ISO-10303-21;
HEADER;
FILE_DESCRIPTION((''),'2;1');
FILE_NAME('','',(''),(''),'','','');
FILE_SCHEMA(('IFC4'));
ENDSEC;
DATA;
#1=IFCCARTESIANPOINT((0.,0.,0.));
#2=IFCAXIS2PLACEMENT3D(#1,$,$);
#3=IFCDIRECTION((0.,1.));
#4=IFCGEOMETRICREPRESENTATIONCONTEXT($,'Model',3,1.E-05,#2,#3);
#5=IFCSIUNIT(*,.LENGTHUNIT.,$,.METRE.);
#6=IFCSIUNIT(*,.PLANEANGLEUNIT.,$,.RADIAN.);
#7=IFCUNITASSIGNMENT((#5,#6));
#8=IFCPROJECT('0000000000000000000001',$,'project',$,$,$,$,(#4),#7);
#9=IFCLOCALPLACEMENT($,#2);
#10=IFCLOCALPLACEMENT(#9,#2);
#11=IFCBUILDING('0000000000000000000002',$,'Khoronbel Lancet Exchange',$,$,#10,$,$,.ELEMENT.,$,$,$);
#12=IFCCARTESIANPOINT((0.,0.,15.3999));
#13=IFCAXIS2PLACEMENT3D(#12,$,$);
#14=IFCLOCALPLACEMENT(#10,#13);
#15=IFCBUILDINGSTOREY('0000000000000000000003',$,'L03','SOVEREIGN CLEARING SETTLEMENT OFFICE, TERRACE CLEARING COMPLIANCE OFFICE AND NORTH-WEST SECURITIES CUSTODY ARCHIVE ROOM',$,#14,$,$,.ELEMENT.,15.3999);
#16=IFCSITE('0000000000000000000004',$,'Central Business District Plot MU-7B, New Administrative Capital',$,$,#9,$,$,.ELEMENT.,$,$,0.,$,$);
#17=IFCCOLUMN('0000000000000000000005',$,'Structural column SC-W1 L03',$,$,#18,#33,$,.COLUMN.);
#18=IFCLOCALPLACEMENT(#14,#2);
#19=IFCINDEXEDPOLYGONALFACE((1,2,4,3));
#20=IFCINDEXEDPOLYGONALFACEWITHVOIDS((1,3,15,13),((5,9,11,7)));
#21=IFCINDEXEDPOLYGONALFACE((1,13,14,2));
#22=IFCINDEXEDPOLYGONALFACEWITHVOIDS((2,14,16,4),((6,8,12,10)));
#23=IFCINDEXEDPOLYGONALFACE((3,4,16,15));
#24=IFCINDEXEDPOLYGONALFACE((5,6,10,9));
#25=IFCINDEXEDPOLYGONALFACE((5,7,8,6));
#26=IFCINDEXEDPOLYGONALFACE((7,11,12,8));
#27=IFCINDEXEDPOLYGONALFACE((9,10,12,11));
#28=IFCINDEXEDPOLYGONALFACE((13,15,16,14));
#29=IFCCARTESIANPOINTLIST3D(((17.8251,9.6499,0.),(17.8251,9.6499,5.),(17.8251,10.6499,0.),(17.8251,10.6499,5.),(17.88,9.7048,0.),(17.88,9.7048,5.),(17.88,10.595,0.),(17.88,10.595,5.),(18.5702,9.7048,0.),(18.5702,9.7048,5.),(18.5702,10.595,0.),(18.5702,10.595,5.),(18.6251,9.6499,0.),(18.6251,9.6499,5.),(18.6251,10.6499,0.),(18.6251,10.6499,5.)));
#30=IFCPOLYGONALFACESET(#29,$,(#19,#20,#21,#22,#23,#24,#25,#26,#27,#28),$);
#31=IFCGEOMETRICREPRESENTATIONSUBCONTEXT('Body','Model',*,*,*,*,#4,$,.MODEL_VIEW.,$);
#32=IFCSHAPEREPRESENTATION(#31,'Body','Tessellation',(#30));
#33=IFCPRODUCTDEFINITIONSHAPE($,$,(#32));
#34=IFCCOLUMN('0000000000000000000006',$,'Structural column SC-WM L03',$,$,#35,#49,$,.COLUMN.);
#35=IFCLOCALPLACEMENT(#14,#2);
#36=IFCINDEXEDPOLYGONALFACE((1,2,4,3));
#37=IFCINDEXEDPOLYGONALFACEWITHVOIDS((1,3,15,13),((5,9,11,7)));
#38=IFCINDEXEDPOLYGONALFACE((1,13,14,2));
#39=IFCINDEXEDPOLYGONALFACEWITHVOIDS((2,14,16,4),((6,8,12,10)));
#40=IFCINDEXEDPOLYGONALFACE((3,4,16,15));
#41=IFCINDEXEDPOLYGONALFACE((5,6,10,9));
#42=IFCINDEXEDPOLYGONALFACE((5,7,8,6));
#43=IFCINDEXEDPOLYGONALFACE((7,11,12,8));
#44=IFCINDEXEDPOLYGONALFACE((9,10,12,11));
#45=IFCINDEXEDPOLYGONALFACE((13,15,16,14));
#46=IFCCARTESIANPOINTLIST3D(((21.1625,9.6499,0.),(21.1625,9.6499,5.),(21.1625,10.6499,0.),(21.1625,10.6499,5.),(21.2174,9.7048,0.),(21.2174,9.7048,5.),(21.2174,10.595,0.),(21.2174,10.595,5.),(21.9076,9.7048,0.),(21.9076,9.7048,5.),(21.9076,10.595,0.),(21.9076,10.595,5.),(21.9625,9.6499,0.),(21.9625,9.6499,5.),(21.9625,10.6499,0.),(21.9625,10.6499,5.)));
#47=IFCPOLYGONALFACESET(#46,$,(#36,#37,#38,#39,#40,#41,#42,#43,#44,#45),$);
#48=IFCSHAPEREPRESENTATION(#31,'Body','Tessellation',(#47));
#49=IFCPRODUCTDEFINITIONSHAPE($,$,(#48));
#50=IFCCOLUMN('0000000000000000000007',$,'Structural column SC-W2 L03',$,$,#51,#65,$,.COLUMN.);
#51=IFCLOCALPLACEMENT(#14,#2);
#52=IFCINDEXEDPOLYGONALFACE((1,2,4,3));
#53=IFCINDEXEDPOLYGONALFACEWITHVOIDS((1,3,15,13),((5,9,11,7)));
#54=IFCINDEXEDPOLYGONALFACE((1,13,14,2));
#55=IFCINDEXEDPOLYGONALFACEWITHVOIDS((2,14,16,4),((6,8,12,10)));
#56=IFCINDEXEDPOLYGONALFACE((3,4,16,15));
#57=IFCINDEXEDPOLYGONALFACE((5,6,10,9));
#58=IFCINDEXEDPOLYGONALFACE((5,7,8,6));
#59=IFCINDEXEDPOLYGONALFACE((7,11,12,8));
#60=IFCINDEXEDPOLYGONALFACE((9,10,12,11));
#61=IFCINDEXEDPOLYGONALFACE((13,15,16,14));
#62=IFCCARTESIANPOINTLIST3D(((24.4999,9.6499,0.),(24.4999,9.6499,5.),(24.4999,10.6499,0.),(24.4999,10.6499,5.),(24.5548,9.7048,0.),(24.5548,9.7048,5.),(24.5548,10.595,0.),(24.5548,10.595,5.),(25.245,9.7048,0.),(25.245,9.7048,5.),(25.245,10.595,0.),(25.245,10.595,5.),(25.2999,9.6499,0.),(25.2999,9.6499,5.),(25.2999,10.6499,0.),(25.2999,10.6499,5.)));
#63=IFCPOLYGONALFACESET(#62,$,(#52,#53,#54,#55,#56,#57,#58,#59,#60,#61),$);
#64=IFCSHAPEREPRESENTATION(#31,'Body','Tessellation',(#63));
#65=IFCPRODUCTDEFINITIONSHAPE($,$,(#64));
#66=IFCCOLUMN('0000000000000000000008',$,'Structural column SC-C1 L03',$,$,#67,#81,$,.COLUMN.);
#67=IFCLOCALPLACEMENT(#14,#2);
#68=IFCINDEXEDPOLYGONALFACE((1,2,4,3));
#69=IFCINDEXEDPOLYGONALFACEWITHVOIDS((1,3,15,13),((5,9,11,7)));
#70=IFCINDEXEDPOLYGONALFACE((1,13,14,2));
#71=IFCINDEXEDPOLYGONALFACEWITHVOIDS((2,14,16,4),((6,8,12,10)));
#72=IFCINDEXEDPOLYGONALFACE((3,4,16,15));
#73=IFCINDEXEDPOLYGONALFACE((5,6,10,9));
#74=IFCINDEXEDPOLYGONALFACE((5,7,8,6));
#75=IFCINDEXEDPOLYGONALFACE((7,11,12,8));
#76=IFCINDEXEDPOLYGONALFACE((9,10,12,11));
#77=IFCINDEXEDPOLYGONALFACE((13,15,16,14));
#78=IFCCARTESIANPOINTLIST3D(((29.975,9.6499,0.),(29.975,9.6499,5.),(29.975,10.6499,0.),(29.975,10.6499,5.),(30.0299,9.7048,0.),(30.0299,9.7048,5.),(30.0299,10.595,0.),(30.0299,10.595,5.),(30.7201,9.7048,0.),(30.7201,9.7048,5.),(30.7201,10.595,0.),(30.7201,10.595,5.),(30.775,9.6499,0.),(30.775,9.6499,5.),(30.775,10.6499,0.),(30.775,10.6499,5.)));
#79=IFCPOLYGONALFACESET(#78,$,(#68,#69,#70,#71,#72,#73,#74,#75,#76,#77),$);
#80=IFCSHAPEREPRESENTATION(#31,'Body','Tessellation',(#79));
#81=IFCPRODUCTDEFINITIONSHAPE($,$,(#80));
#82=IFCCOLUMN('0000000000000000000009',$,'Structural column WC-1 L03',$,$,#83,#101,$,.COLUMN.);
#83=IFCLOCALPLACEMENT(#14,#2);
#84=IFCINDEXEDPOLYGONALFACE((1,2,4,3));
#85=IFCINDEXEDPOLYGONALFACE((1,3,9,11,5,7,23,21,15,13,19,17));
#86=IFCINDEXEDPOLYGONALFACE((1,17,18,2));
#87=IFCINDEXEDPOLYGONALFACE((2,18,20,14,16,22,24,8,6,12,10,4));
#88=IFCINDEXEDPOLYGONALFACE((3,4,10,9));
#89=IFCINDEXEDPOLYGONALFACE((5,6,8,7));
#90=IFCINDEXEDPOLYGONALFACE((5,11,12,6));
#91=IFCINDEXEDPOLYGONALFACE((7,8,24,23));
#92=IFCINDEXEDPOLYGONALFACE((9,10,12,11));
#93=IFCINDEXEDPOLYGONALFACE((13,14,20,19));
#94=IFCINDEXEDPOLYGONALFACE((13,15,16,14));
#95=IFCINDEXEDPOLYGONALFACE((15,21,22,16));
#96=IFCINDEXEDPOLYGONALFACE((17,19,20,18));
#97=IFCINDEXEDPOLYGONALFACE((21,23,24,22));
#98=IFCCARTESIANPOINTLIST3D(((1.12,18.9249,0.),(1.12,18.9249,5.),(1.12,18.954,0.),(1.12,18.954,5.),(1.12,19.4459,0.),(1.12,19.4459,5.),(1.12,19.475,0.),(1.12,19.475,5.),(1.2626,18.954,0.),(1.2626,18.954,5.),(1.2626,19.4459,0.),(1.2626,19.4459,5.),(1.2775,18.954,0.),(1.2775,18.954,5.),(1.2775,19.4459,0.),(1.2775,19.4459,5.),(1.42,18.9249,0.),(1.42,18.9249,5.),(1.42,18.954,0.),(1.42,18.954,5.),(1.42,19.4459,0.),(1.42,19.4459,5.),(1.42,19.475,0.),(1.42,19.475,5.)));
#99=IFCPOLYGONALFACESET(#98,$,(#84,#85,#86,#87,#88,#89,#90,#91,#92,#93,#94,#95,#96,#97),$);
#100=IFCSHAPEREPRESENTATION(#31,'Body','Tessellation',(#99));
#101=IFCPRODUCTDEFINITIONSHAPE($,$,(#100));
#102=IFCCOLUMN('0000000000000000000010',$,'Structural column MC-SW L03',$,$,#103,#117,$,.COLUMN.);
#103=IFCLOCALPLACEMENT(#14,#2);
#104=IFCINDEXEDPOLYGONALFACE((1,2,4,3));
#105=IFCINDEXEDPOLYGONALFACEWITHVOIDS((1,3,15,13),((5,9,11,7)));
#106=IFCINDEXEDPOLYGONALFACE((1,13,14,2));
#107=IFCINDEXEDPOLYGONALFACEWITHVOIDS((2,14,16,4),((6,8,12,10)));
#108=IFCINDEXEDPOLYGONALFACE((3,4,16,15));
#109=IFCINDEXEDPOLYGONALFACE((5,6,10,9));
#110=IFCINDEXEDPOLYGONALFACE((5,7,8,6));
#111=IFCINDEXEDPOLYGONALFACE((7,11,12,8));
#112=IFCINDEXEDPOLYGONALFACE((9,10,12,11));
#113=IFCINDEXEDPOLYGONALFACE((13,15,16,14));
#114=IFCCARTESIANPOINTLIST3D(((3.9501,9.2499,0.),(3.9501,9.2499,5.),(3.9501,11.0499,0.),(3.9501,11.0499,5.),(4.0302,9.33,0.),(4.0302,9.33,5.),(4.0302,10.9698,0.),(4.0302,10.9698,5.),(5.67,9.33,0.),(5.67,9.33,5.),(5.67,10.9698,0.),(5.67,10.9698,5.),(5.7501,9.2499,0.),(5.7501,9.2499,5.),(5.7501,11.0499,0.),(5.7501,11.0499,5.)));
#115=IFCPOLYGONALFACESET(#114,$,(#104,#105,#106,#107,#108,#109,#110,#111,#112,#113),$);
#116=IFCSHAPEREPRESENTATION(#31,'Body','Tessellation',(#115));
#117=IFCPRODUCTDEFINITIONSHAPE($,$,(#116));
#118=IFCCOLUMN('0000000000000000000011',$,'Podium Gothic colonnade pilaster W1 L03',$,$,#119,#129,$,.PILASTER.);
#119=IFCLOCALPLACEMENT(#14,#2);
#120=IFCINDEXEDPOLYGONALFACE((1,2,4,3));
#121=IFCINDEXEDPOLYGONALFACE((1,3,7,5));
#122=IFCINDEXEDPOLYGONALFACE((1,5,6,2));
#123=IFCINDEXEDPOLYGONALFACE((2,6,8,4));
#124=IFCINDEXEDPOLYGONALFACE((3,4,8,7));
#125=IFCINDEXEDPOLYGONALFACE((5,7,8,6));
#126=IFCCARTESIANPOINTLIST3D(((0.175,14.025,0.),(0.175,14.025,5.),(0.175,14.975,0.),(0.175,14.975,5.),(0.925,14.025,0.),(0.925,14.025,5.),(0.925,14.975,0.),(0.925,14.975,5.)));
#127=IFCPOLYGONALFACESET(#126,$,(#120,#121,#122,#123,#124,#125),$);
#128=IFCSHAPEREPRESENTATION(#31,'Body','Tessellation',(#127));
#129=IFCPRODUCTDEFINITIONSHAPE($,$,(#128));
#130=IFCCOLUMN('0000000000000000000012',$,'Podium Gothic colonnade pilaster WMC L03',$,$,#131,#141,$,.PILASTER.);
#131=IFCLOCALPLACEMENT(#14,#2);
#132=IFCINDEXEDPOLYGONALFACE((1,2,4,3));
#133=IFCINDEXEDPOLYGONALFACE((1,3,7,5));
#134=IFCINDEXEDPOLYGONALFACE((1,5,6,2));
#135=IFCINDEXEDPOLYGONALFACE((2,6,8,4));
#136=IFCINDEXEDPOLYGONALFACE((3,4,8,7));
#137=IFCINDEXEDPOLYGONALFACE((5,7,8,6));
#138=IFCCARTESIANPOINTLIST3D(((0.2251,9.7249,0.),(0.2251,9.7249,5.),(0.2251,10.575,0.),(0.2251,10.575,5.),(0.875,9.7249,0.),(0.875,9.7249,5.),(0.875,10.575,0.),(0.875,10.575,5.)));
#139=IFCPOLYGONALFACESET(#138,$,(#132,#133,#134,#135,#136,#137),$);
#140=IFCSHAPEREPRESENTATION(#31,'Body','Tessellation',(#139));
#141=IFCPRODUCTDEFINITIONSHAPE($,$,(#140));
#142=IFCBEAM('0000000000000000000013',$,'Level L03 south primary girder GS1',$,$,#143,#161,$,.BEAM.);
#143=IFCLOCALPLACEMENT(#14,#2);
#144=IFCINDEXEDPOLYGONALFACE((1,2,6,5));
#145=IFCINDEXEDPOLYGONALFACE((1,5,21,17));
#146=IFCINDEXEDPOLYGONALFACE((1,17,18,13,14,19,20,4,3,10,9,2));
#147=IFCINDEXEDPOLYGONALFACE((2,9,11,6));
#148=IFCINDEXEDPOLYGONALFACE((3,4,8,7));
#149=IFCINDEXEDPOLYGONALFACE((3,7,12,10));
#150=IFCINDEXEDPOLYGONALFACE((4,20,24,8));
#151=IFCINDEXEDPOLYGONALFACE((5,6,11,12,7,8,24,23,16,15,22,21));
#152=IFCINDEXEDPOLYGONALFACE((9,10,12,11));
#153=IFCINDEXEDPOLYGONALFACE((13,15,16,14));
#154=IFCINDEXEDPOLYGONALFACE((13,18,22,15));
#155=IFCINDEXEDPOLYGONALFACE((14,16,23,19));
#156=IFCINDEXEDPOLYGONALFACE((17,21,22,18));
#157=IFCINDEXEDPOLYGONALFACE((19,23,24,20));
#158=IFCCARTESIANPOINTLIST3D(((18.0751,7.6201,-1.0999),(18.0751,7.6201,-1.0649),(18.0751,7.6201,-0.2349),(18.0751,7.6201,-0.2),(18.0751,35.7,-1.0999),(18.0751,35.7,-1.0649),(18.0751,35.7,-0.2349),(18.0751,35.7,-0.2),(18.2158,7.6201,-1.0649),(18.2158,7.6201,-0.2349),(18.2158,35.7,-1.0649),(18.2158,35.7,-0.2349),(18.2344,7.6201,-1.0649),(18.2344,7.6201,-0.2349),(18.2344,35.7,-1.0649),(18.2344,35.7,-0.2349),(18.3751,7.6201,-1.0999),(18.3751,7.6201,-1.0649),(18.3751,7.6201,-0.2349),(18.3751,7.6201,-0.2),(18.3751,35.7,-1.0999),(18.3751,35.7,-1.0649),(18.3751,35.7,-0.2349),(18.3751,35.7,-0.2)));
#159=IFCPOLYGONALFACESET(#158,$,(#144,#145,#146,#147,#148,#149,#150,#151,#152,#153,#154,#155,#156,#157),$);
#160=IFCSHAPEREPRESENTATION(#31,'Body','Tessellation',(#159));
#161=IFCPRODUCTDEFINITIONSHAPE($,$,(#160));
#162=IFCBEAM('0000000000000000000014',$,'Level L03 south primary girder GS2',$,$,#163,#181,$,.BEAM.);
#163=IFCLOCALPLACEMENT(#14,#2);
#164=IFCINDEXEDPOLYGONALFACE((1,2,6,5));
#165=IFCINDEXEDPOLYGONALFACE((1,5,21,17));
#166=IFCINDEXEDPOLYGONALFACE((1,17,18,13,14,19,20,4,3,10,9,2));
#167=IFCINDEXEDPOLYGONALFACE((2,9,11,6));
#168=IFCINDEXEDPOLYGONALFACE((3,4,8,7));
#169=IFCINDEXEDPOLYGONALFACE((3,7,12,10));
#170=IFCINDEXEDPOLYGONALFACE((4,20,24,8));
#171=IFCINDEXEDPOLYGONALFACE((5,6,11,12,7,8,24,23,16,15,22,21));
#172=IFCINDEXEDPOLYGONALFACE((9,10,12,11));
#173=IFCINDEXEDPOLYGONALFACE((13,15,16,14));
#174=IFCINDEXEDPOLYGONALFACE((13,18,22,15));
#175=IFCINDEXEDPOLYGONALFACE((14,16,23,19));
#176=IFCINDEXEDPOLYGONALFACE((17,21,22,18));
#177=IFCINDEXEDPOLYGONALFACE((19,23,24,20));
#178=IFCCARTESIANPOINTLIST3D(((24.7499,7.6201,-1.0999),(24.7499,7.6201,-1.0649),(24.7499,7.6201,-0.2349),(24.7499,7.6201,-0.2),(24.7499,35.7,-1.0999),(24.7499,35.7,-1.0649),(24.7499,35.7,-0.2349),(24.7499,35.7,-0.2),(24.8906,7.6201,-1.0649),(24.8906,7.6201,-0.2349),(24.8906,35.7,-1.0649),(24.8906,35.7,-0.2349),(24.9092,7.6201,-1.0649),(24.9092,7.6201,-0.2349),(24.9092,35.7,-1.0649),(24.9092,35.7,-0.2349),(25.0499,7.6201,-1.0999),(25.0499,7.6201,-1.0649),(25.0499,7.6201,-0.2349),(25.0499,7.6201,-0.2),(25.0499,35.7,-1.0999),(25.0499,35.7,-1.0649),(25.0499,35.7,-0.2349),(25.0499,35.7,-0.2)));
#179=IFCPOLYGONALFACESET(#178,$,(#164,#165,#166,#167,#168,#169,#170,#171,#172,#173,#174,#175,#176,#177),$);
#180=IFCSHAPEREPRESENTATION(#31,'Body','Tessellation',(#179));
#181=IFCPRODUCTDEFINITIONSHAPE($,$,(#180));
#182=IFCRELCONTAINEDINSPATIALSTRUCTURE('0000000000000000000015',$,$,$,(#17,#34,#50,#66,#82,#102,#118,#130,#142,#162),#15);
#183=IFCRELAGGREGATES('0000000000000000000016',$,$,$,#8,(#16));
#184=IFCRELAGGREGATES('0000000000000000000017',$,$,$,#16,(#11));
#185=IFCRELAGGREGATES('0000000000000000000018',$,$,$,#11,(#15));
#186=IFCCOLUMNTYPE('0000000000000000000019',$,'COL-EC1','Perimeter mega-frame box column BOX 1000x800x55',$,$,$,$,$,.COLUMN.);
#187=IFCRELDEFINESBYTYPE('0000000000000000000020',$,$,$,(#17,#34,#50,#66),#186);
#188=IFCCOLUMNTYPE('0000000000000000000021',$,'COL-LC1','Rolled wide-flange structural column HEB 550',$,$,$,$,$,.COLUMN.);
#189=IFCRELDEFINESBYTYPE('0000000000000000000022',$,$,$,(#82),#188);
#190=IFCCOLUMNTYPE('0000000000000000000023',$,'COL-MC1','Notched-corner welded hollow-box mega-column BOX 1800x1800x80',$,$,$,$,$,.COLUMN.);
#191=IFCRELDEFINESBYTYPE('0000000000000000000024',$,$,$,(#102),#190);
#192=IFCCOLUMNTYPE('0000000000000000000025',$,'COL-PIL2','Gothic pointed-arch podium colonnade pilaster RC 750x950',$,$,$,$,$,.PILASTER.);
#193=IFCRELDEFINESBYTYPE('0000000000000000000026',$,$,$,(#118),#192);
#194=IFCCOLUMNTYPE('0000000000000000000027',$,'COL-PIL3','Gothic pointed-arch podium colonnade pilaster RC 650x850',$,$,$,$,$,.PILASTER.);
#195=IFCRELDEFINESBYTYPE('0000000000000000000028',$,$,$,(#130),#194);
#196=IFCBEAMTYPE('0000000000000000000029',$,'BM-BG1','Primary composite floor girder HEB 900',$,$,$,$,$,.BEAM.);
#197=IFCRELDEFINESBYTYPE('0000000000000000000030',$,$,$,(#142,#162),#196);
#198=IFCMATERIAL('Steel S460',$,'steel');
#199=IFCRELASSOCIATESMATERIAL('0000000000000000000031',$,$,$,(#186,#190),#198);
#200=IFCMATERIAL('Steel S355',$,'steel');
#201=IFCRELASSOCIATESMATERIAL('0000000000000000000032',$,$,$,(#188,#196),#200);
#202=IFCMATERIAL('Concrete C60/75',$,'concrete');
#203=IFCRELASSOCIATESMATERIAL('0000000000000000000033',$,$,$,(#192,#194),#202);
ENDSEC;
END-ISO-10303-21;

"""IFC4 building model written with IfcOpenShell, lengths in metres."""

from ifc_helpers import new_model, si_unit, direction, frame, origin, origin_2d, place, context, subcontext, project, spatial, rectangle, hollow_rectangle, i_section, extrude, material, material_profile, profile_set, type_object, element, save


model = new_model("IFC4")

# Units and contexts
model_context = context("Model", 3, precision=1e-05, world=origin(), true_north=direction((0.0, 1.0)))
body_context = subcontext(model_context, "Body", "Model", "MODEL_VIEW")
ifc_project = project(units=[si_unit("LENGTHUNIT", "METRE"), si_unit("PLANEANGLEUNIT", "RADIAN")], contexts=[model_context])

# Site, building, storey
site_placement = place(None, origin())
site = spatial("IfcSite", under=ifc_project, at=site_placement, Name="Central Business District Plot MU-7B, New Administrative Capital", CompositionType="ELEMENT", RefElevation=0.0)
building_placement = place(site_placement, origin())
building = spatial("IfcBuilding", under=site, at=building_placement, Name="Khoronbel Lancet Exchange", CompositionType="ELEMENT")
storey_placement = place(building_placement, frame((0.0, 0.0, 15.3999)))
storey = spatial("IfcBuildingStorey", under=building, at=storey_placement, Name="L03", Description="SOVEREIGN CLEARING SETTLEMENT OFFICE, TERRACE CLEARING COMPLIANCE OFFICE AND NORTH-WEST SECURITIES CUSTODY ARCHIVE ROOM", CompositionType="ELEMENT", Elevation=15.3999)

# Columns
ifc_material_1 = material(Name="Steel S460", Category="steel")
ifc_material_profile_1 = material_profile(ifc_material_1, hollow_rectangle(XDim=0.8, YDim=1.0, WallThickness=0.0549, at=origin_2d()), Name="BOX 1000x800x55")
ifc_profile_set_1 = profile_set([ifc_material_profile_1], Name="Steel S460")
column_type_1 = type_object("IfcColumnType", Name="COL-EC1", Description="Perimeter mega-frame box column BOX 1000x800x55", PredefinedType="COLUMN", material=ifc_profile_set_1)
for number, where, z_axis, x_axis, name in (
    (1, (18.2251, 10.1499, 0.0), (0.0, 0.0, 1.0), (1.0, 0.0, 0.0), "Structural column SC-W1 L03"),
    (2, (21.5625, 10.1499, 0.0), (0.0, 0.0, 1.0), (1.0, 0.0, 0.0), "Structural column SC-WM L03"),
    (3, (24.8999, 10.1499, 0.0), (0.0, 0.0, 1.0), (1.0, 0.0, 0.0), "Structural column SC-W2 L03"),
    (4, (30.375, 10.1499, 0.0), (0.0, 0.0, 1.0), (1.0, 0.0, 0.0), "Structural column SC-C1 L03"),
):
    element("IfcColumn", number, at=place(storey_placement, frame(where, z_axis=z_axis, x_axis=x_axis)), inside=storey, type_object=column_type_1, Name=name, PredefinedType="COLUMN", context=body_context, shape_type="SweptSolid", body=[
        extrude(hollow_rectangle(XDim=0.8, YDim=1.0, WallThickness=0.0549, at=origin_2d()), origin(), (0.0, 0.0, 1.0), 5.0),
    ])
ifc_material_2 = material(Name="Steel S355", Category="steel")
ifc_material_profile_2 = material_profile(ifc_material_2, i_section(OverallWidth=0.3, OverallDepth=0.55, WebThickness=0.0149, FlangeThickness=0.0291, at=origin_2d()), Name="HEB 550")
ifc_profile_set_2 = profile_set([ifc_material_profile_2], Name="Steel S355")
column_type_2 = type_object("IfcColumnType", Name="COL-LC1", Description="Rolled wide-flange structural column HEB 550", PredefinedType="COLUMN", material=ifc_profile_set_2)
column_1_placement = place(storey_placement, frame((1.27, 19.2, 0.0), z_axis=(0.0, 0.0, 1.0), x_axis=(1.0, 0.0, 0.0)))
element("IfcColumn", 5, at=column_1_placement, inside=storey, type_object=column_type_2, Name="Structural column WC-1 L03", PredefinedType="COLUMN", context=body_context, shape_type="SweptSolid", body=[
    extrude(i_section(OverallWidth=0.3, OverallDepth=0.55, WebThickness=0.0149, FlangeThickness=0.0291, at=origin_2d()), origin(), (0.0, 0.0, 1.0), 5.0),
])
ifc_material_profile_3 = material_profile(ifc_material_1, hollow_rectangle(XDim=1.8, YDim=1.8, WallThickness=0.0801, at=origin_2d()), Name="BOX 1800x1800x80")
ifc_profile_set_3 = profile_set([ifc_material_profile_3], Name="Steel S460")
column_type_3 = type_object("IfcColumnType", Name="COL-MC1", Description="Notched-corner welded hollow-box mega-column BOX 1800x1800x80", PredefinedType="COLUMN", material=ifc_profile_set_3)
column_2_placement = place(storey_placement, frame((4.8501, 10.1499, 0.0), z_axis=(0.0, 0.0, 1.0), x_axis=(1.0, 0.0, 0.0)))
element("IfcColumn", 6, at=column_2_placement, inside=storey, type_object=column_type_3, Name="Structural column MC-SW L03", PredefinedType="COLUMN", context=body_context, shape_type="SweptSolid", body=[
    extrude(hollow_rectangle(XDim=1.8, YDim=1.8, WallThickness=0.0801, at=origin_2d()), origin(), (0.0, 0.0, 1.0), 5.0),
])
ifc_material_3 = material(Name="Concrete C60/75", Category="concrete")
ifc_material_profile_4 = material_profile(ifc_material_3, rectangle(XDim=0.75, YDim=0.95, at=origin_2d()), Name="RC 750x950")
ifc_profile_set_4 = profile_set([ifc_material_profile_4], Name="Concrete C60/75")
column_type_4 = type_object("IfcColumnType", Name="COL-PIL2", Description="Gothic pointed-arch podium colonnade pilaster RC 750x950", PredefinedType="PILASTER", material=ifc_profile_set_4)
column_3_placement = place(storey_placement, frame((0.55, 14.5, 0.0), z_axis=(0.0, 0.0, 1.0), x_axis=(1.0, 0.0, 0.0)))
element("IfcColumn", 7, at=column_3_placement, inside=storey, type_object=column_type_4, Name="Podium Gothic colonnade pilaster W1 L03", PredefinedType="PILASTER", context=body_context, shape_type="SweptSolid", body=[
    extrude(rectangle(XDim=0.75, YDim=0.95, at=origin_2d()), origin(), (0.0, 0.0, 1.0), 5.0),
])
ifc_material_profile_5 = material_profile(ifc_material_3, rectangle(XDim=0.6499, YDim=0.8501, at=origin_2d()), Name="RC 650x850")
ifc_profile_set_5 = profile_set([ifc_material_profile_5], Name="Concrete C60/75")
column_type_5 = type_object("IfcColumnType", Name="COL-PIL3", Description="Gothic pointed-arch podium colonnade pilaster RC 650x850", PredefinedType="PILASTER", material=ifc_profile_set_5)
column_4_placement = place(storey_placement, frame((0.55, 10.1499, 0.0), z_axis=(0.0, 0.0, 1.0), x_axis=(1.0, 0.0, 0.0)))
element("IfcColumn", 8, at=column_4_placement, inside=storey, type_object=column_type_5, Name="Podium Gothic colonnade pilaster WMC L03", PredefinedType="PILASTER", context=body_context, shape_type="SweptSolid", body=[
    extrude(rectangle(XDim=0.6499, YDim=0.8501, at=origin_2d()), origin(), (0.0, 0.0, 1.0), 5.0),
])

# Beams
ifc_material_profile_6 = material_profile(ifc_material_2, i_section(OverallWidth=0.3, OverallDepth=0.8999, WebThickness=0.0186, FlangeThickness=0.0349, at=origin_2d()), Name="HEB 900")
ifc_profile_set_6 = profile_set([ifc_material_profile_6], Name="Steel S355")
beam_type_1 = type_object("IfcBeamType", Name="BM-BG1", Description="Primary composite floor girder HEB 900", PredefinedType="BEAM", material=ifc_profile_set_6)
for number, where, z_axis, x_axis, name in (
    (9, (18.2251, 7.6201, -0.6499), (0.0, 1.0, 0.0), (-1.0, 0.0, 0.0), "Level L03 south primary girder GS1"),
    (10, (24.8999, 7.6201, -0.6499), (0.0, 1.0, 0.0), (-1.0, 0.0, 0.0), "Level L03 south primary girder GS2"),
):
    element("IfcBeam", number, at=place(storey_placement, frame(where, z_axis=z_axis, x_axis=x_axis)), inside=storey, type_object=beam_type_1, Name=name, PredefinedType="BEAM", context=body_context, shape_type="SweptSolid", body=[
        extrude(i_section(OverallWidth=0.3, OverallDepth=0.8999, WebThickness=0.0186, FlangeThickness=0.0349, at=origin_2d()), origin(), (0.0, 0.0, 1.0), 28.0798),
    ])

save(model, "model.ifc")
